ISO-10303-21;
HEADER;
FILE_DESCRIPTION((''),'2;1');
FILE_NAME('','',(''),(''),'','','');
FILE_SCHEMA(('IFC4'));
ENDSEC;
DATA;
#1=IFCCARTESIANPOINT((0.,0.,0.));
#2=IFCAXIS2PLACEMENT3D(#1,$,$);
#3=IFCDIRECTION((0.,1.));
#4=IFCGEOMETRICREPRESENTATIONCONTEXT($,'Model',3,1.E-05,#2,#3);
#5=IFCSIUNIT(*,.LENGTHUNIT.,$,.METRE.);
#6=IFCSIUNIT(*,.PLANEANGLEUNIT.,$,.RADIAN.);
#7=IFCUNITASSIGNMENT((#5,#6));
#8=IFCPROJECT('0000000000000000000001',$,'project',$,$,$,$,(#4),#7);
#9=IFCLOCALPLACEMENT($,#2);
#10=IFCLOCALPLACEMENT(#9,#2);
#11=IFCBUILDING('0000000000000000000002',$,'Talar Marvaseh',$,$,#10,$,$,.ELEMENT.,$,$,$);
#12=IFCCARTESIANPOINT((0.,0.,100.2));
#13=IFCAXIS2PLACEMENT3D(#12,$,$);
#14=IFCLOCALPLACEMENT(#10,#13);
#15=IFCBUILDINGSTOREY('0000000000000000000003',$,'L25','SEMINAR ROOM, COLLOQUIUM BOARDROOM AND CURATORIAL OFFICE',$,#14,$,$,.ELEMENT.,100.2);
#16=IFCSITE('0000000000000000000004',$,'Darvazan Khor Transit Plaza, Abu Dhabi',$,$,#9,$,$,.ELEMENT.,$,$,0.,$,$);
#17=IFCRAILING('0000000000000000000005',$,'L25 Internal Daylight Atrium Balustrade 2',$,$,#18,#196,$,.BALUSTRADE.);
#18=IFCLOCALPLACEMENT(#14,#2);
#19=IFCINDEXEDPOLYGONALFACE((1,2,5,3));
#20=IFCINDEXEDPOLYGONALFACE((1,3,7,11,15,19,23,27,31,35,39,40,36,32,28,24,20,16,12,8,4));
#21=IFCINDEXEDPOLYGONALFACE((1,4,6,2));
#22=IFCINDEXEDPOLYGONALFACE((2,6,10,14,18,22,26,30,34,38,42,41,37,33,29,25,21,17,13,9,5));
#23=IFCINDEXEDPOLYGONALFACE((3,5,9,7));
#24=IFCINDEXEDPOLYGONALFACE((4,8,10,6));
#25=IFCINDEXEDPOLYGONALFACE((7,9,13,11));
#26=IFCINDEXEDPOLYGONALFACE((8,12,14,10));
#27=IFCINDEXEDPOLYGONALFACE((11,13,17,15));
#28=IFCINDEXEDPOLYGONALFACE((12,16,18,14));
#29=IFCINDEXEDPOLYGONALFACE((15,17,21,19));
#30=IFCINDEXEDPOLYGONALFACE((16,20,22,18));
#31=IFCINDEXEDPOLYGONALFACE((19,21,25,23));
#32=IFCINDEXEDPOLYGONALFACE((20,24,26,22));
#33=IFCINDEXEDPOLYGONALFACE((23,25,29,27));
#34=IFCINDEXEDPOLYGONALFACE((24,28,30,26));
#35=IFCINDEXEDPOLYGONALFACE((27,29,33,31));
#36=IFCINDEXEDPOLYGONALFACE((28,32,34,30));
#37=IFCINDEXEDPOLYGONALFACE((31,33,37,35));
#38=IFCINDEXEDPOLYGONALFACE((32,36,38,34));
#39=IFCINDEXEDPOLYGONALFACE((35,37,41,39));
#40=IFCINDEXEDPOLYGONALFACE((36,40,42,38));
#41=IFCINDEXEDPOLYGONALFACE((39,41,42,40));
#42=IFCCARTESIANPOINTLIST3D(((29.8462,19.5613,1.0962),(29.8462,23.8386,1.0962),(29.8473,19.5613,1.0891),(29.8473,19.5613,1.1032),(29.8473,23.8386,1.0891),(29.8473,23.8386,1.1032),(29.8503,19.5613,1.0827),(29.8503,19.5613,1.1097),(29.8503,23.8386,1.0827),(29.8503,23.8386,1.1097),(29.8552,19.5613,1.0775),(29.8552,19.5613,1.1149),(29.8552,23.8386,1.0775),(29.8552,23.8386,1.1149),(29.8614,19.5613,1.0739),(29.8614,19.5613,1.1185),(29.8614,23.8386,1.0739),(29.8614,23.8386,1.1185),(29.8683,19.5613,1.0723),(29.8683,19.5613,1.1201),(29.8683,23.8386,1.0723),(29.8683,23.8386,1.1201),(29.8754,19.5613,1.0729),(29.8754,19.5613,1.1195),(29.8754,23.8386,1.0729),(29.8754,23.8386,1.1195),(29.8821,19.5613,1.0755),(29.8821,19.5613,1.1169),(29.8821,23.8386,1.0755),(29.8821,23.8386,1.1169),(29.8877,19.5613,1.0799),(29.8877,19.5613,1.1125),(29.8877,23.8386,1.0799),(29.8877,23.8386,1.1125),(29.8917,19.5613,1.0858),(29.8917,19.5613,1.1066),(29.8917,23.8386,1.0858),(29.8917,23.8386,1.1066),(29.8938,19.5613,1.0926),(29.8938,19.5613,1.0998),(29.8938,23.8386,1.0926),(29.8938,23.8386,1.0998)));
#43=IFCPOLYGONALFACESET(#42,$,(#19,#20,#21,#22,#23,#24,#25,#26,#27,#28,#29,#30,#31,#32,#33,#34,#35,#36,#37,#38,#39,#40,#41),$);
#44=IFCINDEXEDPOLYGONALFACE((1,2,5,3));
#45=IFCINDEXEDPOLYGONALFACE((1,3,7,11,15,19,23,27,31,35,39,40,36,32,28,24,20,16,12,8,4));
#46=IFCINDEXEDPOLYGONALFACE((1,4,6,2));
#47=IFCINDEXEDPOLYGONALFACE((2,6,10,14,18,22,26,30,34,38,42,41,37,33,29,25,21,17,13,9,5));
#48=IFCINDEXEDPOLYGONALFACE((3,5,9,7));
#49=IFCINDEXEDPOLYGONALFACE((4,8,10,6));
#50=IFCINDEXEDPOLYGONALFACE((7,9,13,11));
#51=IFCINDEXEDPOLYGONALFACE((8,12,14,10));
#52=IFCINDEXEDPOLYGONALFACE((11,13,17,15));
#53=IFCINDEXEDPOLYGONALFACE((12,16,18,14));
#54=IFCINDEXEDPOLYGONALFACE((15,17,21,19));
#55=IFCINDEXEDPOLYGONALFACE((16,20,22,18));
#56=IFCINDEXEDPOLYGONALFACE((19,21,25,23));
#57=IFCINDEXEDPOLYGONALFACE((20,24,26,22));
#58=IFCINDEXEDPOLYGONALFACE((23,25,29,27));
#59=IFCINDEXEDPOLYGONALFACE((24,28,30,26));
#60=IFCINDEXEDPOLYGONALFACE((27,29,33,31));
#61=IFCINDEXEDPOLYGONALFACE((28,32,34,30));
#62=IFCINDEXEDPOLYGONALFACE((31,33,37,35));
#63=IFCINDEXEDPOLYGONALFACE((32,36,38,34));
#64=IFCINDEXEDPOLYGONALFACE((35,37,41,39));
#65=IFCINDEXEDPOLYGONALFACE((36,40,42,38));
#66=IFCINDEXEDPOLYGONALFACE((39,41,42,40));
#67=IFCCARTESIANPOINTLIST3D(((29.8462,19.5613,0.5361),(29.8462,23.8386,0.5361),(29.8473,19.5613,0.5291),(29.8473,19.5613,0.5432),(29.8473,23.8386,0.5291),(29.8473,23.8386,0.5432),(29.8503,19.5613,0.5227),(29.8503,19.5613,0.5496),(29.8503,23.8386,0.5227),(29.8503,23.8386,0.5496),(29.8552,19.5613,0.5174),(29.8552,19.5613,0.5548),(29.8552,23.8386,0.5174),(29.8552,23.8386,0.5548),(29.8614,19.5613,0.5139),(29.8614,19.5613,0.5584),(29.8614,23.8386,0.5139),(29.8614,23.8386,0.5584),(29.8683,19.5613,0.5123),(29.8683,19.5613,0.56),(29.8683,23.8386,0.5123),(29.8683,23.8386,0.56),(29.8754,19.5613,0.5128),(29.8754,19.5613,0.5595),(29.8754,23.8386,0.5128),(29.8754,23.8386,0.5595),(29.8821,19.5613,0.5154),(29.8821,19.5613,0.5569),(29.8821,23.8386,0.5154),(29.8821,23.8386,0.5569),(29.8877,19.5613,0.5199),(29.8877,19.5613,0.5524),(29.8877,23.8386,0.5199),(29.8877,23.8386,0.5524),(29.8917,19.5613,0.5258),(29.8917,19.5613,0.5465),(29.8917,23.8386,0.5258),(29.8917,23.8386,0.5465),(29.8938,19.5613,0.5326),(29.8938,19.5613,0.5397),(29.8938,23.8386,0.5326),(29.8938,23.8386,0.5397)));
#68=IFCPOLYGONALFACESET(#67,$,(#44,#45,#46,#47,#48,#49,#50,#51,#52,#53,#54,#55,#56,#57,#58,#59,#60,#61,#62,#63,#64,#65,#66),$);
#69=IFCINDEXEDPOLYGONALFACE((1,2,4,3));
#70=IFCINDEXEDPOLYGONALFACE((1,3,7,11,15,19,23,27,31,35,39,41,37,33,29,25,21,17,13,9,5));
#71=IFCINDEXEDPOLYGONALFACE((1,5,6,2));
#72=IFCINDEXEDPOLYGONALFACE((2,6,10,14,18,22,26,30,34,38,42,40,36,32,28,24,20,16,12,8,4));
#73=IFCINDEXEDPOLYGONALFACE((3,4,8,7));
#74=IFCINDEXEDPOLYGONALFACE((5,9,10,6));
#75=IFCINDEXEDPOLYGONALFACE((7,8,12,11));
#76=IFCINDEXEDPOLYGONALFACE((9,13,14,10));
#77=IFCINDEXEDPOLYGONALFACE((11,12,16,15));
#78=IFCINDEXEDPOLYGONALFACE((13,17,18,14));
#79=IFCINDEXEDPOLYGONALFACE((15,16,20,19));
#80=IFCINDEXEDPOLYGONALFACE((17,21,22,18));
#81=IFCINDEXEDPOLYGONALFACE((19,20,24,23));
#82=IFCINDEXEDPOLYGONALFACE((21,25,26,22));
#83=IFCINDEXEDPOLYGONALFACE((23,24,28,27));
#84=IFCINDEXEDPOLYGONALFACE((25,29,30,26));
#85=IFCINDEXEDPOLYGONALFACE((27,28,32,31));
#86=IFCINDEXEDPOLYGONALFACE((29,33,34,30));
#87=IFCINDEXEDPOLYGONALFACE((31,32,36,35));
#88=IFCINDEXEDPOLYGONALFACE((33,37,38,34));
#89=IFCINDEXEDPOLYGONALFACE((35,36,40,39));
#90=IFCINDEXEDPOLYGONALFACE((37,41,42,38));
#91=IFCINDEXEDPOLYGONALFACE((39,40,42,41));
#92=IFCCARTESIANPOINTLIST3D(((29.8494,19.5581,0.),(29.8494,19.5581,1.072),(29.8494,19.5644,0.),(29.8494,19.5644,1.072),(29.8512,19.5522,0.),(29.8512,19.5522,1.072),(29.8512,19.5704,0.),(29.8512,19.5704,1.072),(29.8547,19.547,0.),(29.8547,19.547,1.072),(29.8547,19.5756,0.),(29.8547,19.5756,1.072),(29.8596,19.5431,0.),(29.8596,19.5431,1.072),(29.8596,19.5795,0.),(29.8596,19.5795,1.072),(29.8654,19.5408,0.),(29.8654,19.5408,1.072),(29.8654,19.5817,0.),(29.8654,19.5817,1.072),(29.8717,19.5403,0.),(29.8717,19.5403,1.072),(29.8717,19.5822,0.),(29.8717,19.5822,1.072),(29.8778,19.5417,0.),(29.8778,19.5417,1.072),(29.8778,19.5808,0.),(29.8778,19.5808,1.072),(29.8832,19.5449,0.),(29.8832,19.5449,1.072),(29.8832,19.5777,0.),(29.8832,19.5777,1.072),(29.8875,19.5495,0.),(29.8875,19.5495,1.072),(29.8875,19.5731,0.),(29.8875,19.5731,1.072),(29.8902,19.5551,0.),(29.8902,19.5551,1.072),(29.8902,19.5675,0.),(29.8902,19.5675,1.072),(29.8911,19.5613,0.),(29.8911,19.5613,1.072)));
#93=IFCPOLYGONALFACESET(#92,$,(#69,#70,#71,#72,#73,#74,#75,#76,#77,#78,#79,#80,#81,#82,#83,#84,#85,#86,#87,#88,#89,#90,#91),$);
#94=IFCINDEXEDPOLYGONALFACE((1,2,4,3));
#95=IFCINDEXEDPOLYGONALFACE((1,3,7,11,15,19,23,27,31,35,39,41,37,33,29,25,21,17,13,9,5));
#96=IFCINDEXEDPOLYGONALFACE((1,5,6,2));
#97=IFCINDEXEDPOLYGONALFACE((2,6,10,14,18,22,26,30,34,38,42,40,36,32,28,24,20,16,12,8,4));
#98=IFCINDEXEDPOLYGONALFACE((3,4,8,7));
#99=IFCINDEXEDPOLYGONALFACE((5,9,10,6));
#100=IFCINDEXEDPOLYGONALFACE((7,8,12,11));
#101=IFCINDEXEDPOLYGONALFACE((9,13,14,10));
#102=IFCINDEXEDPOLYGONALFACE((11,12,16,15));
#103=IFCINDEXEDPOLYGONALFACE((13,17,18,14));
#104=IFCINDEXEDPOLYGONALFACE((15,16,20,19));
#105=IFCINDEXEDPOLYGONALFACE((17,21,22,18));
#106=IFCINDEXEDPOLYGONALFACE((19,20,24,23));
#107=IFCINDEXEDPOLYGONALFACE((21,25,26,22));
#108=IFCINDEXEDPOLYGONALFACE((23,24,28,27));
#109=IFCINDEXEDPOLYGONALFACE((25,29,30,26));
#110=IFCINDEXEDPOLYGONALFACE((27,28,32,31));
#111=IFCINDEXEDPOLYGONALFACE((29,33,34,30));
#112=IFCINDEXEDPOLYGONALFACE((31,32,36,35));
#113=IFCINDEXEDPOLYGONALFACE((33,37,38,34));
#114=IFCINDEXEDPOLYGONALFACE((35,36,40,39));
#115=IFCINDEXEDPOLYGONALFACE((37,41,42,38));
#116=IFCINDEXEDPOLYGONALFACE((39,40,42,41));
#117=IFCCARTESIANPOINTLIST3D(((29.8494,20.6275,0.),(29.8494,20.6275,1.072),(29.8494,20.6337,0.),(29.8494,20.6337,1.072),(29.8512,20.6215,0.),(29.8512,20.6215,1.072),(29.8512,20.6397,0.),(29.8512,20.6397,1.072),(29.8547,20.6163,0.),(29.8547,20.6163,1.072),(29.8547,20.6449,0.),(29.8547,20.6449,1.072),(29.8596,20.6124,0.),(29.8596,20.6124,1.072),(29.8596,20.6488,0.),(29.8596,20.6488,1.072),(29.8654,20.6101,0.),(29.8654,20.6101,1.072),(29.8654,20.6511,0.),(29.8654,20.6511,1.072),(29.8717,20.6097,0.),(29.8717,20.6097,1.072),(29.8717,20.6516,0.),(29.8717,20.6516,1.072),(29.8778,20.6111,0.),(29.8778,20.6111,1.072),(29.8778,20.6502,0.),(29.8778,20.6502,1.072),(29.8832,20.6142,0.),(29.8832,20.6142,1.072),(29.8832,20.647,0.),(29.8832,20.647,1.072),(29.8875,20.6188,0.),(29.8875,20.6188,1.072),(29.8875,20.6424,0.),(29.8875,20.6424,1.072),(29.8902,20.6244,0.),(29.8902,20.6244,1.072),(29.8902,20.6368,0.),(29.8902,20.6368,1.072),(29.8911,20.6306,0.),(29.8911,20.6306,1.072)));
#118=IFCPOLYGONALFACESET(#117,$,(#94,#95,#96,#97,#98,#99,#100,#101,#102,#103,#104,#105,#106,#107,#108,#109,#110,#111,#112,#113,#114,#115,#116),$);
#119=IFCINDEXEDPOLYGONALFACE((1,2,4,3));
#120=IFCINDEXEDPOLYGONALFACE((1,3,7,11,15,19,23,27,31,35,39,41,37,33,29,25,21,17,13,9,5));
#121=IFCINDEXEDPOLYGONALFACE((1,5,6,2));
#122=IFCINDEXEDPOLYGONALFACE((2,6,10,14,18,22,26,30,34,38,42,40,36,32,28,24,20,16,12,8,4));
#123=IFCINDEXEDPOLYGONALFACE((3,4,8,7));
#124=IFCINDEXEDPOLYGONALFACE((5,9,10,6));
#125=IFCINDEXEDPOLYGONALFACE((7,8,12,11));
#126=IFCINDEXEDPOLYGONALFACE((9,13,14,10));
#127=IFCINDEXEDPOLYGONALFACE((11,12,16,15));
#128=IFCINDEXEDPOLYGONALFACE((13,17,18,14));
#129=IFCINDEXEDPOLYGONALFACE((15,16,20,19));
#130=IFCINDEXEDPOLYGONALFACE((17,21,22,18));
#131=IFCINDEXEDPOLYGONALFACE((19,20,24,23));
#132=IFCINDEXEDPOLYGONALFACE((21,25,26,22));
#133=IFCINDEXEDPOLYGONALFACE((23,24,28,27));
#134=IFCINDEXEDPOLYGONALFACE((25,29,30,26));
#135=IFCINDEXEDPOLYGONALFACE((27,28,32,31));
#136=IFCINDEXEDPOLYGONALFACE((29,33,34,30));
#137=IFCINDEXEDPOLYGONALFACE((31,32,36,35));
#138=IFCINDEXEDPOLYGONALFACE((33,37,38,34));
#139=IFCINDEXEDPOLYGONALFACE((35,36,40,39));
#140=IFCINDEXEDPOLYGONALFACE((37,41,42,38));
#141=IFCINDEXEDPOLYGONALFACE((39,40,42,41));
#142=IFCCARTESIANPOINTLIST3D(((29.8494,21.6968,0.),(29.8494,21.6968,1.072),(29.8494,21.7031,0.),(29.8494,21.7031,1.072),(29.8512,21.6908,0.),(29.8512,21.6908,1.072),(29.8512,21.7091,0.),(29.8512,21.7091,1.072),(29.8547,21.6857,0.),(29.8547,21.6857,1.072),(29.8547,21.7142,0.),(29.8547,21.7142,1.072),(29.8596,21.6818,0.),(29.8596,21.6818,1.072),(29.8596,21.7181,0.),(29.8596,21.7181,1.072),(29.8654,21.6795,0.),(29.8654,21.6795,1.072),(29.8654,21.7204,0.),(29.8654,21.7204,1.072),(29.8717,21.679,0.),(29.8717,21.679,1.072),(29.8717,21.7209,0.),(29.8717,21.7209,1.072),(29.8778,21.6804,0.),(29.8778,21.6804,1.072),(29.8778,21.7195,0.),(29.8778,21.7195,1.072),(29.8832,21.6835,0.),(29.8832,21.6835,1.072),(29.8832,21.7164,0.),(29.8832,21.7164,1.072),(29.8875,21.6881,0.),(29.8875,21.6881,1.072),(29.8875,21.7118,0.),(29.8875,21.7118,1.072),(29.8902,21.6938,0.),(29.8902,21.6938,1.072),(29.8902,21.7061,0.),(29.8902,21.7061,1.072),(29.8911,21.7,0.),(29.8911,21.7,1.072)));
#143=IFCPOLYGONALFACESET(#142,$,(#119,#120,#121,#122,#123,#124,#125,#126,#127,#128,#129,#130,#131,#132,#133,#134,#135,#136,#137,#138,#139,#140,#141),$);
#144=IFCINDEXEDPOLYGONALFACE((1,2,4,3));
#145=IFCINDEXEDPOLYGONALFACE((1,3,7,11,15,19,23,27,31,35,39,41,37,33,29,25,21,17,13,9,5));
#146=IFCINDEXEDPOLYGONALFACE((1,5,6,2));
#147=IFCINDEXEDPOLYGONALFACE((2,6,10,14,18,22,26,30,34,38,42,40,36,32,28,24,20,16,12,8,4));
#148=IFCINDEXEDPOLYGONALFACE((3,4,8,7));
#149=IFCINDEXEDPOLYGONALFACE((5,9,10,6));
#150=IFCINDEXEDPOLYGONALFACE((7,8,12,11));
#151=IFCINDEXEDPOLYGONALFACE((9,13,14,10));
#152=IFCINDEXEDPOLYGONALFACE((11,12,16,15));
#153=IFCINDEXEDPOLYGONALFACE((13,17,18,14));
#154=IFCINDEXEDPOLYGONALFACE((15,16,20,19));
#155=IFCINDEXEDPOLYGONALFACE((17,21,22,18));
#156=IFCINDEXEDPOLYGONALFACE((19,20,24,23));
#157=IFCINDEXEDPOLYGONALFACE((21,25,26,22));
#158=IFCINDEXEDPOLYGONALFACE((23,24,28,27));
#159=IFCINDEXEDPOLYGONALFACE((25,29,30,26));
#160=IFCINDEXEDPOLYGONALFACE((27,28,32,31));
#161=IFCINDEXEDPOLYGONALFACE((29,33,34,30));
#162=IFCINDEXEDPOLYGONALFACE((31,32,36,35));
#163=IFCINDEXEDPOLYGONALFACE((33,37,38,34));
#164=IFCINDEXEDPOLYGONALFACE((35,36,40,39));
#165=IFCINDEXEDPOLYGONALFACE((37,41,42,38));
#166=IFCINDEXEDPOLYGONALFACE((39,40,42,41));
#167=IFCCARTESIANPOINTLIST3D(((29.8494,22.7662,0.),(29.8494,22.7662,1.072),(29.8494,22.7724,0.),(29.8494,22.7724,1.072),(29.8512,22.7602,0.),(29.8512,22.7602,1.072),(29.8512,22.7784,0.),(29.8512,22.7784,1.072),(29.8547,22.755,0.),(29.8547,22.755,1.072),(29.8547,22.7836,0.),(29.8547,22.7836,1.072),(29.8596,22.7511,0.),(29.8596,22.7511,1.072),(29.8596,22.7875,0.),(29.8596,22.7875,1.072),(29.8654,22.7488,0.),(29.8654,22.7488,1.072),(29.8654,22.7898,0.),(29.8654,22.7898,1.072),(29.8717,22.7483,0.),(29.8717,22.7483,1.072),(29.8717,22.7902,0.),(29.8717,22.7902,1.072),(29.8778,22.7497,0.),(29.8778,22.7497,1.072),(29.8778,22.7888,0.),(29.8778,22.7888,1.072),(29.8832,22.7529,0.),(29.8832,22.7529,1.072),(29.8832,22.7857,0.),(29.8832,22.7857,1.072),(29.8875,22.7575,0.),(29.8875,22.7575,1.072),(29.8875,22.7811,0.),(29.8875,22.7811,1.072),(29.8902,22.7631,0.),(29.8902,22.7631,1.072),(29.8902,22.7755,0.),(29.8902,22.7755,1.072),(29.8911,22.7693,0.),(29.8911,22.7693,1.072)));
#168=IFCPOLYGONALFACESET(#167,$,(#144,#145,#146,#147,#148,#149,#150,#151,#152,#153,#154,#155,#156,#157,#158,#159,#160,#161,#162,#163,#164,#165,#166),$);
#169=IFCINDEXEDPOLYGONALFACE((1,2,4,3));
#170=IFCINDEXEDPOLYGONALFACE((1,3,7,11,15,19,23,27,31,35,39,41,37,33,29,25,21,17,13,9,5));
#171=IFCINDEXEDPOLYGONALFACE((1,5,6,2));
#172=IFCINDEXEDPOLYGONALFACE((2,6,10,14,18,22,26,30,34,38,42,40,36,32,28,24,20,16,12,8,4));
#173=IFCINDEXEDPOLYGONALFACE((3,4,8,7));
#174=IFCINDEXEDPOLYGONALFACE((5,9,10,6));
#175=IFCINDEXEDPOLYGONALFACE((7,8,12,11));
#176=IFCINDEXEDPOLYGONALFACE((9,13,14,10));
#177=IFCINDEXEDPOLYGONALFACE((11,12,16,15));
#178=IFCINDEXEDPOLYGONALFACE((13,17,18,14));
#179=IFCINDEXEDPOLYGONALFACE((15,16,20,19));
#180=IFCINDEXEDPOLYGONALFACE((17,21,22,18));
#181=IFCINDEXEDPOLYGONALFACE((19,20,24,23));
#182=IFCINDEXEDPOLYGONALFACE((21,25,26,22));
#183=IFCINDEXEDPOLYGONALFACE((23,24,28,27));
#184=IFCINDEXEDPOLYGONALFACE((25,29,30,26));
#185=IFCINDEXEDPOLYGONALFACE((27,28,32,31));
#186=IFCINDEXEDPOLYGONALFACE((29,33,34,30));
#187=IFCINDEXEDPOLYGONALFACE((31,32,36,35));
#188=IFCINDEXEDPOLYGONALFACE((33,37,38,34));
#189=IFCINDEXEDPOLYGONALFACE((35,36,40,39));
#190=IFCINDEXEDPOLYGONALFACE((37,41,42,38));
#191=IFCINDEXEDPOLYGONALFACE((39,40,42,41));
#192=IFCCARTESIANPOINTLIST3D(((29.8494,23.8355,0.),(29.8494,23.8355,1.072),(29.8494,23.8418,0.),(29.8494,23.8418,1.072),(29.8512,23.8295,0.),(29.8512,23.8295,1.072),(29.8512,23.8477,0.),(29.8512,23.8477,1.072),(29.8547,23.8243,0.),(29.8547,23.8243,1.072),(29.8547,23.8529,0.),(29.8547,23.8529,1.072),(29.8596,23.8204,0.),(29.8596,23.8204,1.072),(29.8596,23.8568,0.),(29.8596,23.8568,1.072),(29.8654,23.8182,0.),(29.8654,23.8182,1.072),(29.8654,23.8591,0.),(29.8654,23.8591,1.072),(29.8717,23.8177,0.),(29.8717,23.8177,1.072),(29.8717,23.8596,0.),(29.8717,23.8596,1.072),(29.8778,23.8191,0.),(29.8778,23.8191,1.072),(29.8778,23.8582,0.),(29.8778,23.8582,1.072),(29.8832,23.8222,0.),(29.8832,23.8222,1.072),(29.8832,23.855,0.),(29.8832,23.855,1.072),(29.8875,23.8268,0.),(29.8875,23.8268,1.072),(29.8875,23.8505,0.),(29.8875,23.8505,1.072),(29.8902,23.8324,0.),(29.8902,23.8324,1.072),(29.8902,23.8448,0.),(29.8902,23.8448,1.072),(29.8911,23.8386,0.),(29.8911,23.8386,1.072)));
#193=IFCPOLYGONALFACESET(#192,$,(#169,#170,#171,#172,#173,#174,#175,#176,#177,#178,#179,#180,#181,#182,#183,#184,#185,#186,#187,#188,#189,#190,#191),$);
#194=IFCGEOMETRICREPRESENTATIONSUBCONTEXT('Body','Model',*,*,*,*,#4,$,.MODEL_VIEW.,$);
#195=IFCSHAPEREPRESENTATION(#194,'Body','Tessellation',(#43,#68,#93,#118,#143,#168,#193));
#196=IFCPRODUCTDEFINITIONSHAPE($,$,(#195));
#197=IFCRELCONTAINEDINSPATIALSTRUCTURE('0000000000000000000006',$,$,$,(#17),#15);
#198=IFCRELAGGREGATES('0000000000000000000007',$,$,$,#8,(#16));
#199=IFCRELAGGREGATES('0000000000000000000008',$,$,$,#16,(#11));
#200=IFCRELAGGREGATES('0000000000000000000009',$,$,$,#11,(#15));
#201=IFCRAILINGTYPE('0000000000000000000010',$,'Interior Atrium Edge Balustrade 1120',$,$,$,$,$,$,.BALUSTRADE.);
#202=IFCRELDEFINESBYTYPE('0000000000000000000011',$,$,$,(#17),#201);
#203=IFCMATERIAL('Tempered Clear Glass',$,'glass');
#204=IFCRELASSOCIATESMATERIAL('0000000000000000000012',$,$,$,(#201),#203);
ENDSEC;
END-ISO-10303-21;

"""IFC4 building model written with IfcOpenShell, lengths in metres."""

from ifc_helpers import new_model, si_unit, direction, frame, origin, origin_2d, place, context, subcontext, project, spatial, circle, extrude, material, type_object, element, save


model = new_model("IFC4")

# Units and contexts
model_context = context("Model", 3, precision=1e-05, world=origin(), true_north=direction((0.0, 1.0)))
body_context = subcontext(model_context, "Body", "Model", "MODEL_VIEW")
ifc_project = project(units=[si_unit("LENGTHUNIT", "METRE"), si_unit("PLANEANGLEUNIT", "RADIAN")], contexts=[model_context])

# Site, building, storey
site_placement = place(None, origin())
site = spatial("IfcSite", under=ifc_project, at=site_placement, Name="Darvazan Khor Transit Plaza, Abu Dhabi", CompositionType="ELEMENT", RefElevation=0.0)
building_placement = place(site_placement, origin())
building = spatial("IfcBuilding", under=site, at=building_placement, Name="Talar Marvaseh", CompositionType="ELEMENT")
storey_placement = place(building_placement, frame((0.0, 0.0, 100.2)))
storey = spatial("IfcBuildingStorey", under=building, at=storey_placement, Name="L25", Description="SEMINAR ROOM, COLLOQUIUM BOARDROOM AND CURATORIAL OFFICE", CompositionType="ELEMENT", Elevation=100.2)

# Railing
ifc_material_1 = material(Name="Tempered Clear Glass", Category="glass")
railing_type_1 = type_object("IfcRailingType", Name="Interior Atrium Edge Balustrade 1120", PredefinedType="BALUSTRADE", material=ifc_material_1)
railing_1_placement = place(storey_placement, frame((29.8701, 19.5613, 0.0)))
element("IfcRailing", 1, at=railing_1_placement, inside=storey, type_object=railing_type_1, Name="L25 Internal Daylight Atrium Balustrade 2", PredefinedType="BALUSTRADE", context=body_context, shape_type="SweptSolid", body=[
    extrude(circle(Radius=0.0239, at=origin_2d()), frame((0.0, 0.0, 1.0962), z_axis=(0.0, 1.0, 0.0), x_axis=(-1.0, 0.0, 0.0)), (0.0, 0.0, 1.0), 4.2773),
    extrude(circle(Radius=0.0239, at=origin_2d()), frame((0.0, 0.0, 0.5361), z_axis=(0.0, 1.0, 0.0), x_axis=(-1.0, 0.0, 0.0)), (0.0, 0.0, 1.0), 4.2773),
    extrude(circle(Radius=0.021, at=origin_2d()), origin(), (0.0, 0.0, 1.0), 1.072),
    extrude(circle(Radius=0.021, at=origin_2d()), frame((0.0, 1.0693, 0.0)), (0.0, 0.0, 1.0), 1.072),
    extrude(circle(Radius=0.021, at=origin_2d()), frame((0.0, 2.1387, 0.0)), (0.0, 0.0, 1.0), 1.072),
    extrude(circle(Radius=0.021, at=origin_2d()), frame((0.0, 3.208, 0.0)), (0.0, 0.0, 1.0), 1.072),
    extrude(circle(Radius=0.021, at=origin_2d()), frame((0.0, 4.2773, 0.0)), (0.0, 0.0, 1.0), 1.072),
])

save(model, "model.ifc")
